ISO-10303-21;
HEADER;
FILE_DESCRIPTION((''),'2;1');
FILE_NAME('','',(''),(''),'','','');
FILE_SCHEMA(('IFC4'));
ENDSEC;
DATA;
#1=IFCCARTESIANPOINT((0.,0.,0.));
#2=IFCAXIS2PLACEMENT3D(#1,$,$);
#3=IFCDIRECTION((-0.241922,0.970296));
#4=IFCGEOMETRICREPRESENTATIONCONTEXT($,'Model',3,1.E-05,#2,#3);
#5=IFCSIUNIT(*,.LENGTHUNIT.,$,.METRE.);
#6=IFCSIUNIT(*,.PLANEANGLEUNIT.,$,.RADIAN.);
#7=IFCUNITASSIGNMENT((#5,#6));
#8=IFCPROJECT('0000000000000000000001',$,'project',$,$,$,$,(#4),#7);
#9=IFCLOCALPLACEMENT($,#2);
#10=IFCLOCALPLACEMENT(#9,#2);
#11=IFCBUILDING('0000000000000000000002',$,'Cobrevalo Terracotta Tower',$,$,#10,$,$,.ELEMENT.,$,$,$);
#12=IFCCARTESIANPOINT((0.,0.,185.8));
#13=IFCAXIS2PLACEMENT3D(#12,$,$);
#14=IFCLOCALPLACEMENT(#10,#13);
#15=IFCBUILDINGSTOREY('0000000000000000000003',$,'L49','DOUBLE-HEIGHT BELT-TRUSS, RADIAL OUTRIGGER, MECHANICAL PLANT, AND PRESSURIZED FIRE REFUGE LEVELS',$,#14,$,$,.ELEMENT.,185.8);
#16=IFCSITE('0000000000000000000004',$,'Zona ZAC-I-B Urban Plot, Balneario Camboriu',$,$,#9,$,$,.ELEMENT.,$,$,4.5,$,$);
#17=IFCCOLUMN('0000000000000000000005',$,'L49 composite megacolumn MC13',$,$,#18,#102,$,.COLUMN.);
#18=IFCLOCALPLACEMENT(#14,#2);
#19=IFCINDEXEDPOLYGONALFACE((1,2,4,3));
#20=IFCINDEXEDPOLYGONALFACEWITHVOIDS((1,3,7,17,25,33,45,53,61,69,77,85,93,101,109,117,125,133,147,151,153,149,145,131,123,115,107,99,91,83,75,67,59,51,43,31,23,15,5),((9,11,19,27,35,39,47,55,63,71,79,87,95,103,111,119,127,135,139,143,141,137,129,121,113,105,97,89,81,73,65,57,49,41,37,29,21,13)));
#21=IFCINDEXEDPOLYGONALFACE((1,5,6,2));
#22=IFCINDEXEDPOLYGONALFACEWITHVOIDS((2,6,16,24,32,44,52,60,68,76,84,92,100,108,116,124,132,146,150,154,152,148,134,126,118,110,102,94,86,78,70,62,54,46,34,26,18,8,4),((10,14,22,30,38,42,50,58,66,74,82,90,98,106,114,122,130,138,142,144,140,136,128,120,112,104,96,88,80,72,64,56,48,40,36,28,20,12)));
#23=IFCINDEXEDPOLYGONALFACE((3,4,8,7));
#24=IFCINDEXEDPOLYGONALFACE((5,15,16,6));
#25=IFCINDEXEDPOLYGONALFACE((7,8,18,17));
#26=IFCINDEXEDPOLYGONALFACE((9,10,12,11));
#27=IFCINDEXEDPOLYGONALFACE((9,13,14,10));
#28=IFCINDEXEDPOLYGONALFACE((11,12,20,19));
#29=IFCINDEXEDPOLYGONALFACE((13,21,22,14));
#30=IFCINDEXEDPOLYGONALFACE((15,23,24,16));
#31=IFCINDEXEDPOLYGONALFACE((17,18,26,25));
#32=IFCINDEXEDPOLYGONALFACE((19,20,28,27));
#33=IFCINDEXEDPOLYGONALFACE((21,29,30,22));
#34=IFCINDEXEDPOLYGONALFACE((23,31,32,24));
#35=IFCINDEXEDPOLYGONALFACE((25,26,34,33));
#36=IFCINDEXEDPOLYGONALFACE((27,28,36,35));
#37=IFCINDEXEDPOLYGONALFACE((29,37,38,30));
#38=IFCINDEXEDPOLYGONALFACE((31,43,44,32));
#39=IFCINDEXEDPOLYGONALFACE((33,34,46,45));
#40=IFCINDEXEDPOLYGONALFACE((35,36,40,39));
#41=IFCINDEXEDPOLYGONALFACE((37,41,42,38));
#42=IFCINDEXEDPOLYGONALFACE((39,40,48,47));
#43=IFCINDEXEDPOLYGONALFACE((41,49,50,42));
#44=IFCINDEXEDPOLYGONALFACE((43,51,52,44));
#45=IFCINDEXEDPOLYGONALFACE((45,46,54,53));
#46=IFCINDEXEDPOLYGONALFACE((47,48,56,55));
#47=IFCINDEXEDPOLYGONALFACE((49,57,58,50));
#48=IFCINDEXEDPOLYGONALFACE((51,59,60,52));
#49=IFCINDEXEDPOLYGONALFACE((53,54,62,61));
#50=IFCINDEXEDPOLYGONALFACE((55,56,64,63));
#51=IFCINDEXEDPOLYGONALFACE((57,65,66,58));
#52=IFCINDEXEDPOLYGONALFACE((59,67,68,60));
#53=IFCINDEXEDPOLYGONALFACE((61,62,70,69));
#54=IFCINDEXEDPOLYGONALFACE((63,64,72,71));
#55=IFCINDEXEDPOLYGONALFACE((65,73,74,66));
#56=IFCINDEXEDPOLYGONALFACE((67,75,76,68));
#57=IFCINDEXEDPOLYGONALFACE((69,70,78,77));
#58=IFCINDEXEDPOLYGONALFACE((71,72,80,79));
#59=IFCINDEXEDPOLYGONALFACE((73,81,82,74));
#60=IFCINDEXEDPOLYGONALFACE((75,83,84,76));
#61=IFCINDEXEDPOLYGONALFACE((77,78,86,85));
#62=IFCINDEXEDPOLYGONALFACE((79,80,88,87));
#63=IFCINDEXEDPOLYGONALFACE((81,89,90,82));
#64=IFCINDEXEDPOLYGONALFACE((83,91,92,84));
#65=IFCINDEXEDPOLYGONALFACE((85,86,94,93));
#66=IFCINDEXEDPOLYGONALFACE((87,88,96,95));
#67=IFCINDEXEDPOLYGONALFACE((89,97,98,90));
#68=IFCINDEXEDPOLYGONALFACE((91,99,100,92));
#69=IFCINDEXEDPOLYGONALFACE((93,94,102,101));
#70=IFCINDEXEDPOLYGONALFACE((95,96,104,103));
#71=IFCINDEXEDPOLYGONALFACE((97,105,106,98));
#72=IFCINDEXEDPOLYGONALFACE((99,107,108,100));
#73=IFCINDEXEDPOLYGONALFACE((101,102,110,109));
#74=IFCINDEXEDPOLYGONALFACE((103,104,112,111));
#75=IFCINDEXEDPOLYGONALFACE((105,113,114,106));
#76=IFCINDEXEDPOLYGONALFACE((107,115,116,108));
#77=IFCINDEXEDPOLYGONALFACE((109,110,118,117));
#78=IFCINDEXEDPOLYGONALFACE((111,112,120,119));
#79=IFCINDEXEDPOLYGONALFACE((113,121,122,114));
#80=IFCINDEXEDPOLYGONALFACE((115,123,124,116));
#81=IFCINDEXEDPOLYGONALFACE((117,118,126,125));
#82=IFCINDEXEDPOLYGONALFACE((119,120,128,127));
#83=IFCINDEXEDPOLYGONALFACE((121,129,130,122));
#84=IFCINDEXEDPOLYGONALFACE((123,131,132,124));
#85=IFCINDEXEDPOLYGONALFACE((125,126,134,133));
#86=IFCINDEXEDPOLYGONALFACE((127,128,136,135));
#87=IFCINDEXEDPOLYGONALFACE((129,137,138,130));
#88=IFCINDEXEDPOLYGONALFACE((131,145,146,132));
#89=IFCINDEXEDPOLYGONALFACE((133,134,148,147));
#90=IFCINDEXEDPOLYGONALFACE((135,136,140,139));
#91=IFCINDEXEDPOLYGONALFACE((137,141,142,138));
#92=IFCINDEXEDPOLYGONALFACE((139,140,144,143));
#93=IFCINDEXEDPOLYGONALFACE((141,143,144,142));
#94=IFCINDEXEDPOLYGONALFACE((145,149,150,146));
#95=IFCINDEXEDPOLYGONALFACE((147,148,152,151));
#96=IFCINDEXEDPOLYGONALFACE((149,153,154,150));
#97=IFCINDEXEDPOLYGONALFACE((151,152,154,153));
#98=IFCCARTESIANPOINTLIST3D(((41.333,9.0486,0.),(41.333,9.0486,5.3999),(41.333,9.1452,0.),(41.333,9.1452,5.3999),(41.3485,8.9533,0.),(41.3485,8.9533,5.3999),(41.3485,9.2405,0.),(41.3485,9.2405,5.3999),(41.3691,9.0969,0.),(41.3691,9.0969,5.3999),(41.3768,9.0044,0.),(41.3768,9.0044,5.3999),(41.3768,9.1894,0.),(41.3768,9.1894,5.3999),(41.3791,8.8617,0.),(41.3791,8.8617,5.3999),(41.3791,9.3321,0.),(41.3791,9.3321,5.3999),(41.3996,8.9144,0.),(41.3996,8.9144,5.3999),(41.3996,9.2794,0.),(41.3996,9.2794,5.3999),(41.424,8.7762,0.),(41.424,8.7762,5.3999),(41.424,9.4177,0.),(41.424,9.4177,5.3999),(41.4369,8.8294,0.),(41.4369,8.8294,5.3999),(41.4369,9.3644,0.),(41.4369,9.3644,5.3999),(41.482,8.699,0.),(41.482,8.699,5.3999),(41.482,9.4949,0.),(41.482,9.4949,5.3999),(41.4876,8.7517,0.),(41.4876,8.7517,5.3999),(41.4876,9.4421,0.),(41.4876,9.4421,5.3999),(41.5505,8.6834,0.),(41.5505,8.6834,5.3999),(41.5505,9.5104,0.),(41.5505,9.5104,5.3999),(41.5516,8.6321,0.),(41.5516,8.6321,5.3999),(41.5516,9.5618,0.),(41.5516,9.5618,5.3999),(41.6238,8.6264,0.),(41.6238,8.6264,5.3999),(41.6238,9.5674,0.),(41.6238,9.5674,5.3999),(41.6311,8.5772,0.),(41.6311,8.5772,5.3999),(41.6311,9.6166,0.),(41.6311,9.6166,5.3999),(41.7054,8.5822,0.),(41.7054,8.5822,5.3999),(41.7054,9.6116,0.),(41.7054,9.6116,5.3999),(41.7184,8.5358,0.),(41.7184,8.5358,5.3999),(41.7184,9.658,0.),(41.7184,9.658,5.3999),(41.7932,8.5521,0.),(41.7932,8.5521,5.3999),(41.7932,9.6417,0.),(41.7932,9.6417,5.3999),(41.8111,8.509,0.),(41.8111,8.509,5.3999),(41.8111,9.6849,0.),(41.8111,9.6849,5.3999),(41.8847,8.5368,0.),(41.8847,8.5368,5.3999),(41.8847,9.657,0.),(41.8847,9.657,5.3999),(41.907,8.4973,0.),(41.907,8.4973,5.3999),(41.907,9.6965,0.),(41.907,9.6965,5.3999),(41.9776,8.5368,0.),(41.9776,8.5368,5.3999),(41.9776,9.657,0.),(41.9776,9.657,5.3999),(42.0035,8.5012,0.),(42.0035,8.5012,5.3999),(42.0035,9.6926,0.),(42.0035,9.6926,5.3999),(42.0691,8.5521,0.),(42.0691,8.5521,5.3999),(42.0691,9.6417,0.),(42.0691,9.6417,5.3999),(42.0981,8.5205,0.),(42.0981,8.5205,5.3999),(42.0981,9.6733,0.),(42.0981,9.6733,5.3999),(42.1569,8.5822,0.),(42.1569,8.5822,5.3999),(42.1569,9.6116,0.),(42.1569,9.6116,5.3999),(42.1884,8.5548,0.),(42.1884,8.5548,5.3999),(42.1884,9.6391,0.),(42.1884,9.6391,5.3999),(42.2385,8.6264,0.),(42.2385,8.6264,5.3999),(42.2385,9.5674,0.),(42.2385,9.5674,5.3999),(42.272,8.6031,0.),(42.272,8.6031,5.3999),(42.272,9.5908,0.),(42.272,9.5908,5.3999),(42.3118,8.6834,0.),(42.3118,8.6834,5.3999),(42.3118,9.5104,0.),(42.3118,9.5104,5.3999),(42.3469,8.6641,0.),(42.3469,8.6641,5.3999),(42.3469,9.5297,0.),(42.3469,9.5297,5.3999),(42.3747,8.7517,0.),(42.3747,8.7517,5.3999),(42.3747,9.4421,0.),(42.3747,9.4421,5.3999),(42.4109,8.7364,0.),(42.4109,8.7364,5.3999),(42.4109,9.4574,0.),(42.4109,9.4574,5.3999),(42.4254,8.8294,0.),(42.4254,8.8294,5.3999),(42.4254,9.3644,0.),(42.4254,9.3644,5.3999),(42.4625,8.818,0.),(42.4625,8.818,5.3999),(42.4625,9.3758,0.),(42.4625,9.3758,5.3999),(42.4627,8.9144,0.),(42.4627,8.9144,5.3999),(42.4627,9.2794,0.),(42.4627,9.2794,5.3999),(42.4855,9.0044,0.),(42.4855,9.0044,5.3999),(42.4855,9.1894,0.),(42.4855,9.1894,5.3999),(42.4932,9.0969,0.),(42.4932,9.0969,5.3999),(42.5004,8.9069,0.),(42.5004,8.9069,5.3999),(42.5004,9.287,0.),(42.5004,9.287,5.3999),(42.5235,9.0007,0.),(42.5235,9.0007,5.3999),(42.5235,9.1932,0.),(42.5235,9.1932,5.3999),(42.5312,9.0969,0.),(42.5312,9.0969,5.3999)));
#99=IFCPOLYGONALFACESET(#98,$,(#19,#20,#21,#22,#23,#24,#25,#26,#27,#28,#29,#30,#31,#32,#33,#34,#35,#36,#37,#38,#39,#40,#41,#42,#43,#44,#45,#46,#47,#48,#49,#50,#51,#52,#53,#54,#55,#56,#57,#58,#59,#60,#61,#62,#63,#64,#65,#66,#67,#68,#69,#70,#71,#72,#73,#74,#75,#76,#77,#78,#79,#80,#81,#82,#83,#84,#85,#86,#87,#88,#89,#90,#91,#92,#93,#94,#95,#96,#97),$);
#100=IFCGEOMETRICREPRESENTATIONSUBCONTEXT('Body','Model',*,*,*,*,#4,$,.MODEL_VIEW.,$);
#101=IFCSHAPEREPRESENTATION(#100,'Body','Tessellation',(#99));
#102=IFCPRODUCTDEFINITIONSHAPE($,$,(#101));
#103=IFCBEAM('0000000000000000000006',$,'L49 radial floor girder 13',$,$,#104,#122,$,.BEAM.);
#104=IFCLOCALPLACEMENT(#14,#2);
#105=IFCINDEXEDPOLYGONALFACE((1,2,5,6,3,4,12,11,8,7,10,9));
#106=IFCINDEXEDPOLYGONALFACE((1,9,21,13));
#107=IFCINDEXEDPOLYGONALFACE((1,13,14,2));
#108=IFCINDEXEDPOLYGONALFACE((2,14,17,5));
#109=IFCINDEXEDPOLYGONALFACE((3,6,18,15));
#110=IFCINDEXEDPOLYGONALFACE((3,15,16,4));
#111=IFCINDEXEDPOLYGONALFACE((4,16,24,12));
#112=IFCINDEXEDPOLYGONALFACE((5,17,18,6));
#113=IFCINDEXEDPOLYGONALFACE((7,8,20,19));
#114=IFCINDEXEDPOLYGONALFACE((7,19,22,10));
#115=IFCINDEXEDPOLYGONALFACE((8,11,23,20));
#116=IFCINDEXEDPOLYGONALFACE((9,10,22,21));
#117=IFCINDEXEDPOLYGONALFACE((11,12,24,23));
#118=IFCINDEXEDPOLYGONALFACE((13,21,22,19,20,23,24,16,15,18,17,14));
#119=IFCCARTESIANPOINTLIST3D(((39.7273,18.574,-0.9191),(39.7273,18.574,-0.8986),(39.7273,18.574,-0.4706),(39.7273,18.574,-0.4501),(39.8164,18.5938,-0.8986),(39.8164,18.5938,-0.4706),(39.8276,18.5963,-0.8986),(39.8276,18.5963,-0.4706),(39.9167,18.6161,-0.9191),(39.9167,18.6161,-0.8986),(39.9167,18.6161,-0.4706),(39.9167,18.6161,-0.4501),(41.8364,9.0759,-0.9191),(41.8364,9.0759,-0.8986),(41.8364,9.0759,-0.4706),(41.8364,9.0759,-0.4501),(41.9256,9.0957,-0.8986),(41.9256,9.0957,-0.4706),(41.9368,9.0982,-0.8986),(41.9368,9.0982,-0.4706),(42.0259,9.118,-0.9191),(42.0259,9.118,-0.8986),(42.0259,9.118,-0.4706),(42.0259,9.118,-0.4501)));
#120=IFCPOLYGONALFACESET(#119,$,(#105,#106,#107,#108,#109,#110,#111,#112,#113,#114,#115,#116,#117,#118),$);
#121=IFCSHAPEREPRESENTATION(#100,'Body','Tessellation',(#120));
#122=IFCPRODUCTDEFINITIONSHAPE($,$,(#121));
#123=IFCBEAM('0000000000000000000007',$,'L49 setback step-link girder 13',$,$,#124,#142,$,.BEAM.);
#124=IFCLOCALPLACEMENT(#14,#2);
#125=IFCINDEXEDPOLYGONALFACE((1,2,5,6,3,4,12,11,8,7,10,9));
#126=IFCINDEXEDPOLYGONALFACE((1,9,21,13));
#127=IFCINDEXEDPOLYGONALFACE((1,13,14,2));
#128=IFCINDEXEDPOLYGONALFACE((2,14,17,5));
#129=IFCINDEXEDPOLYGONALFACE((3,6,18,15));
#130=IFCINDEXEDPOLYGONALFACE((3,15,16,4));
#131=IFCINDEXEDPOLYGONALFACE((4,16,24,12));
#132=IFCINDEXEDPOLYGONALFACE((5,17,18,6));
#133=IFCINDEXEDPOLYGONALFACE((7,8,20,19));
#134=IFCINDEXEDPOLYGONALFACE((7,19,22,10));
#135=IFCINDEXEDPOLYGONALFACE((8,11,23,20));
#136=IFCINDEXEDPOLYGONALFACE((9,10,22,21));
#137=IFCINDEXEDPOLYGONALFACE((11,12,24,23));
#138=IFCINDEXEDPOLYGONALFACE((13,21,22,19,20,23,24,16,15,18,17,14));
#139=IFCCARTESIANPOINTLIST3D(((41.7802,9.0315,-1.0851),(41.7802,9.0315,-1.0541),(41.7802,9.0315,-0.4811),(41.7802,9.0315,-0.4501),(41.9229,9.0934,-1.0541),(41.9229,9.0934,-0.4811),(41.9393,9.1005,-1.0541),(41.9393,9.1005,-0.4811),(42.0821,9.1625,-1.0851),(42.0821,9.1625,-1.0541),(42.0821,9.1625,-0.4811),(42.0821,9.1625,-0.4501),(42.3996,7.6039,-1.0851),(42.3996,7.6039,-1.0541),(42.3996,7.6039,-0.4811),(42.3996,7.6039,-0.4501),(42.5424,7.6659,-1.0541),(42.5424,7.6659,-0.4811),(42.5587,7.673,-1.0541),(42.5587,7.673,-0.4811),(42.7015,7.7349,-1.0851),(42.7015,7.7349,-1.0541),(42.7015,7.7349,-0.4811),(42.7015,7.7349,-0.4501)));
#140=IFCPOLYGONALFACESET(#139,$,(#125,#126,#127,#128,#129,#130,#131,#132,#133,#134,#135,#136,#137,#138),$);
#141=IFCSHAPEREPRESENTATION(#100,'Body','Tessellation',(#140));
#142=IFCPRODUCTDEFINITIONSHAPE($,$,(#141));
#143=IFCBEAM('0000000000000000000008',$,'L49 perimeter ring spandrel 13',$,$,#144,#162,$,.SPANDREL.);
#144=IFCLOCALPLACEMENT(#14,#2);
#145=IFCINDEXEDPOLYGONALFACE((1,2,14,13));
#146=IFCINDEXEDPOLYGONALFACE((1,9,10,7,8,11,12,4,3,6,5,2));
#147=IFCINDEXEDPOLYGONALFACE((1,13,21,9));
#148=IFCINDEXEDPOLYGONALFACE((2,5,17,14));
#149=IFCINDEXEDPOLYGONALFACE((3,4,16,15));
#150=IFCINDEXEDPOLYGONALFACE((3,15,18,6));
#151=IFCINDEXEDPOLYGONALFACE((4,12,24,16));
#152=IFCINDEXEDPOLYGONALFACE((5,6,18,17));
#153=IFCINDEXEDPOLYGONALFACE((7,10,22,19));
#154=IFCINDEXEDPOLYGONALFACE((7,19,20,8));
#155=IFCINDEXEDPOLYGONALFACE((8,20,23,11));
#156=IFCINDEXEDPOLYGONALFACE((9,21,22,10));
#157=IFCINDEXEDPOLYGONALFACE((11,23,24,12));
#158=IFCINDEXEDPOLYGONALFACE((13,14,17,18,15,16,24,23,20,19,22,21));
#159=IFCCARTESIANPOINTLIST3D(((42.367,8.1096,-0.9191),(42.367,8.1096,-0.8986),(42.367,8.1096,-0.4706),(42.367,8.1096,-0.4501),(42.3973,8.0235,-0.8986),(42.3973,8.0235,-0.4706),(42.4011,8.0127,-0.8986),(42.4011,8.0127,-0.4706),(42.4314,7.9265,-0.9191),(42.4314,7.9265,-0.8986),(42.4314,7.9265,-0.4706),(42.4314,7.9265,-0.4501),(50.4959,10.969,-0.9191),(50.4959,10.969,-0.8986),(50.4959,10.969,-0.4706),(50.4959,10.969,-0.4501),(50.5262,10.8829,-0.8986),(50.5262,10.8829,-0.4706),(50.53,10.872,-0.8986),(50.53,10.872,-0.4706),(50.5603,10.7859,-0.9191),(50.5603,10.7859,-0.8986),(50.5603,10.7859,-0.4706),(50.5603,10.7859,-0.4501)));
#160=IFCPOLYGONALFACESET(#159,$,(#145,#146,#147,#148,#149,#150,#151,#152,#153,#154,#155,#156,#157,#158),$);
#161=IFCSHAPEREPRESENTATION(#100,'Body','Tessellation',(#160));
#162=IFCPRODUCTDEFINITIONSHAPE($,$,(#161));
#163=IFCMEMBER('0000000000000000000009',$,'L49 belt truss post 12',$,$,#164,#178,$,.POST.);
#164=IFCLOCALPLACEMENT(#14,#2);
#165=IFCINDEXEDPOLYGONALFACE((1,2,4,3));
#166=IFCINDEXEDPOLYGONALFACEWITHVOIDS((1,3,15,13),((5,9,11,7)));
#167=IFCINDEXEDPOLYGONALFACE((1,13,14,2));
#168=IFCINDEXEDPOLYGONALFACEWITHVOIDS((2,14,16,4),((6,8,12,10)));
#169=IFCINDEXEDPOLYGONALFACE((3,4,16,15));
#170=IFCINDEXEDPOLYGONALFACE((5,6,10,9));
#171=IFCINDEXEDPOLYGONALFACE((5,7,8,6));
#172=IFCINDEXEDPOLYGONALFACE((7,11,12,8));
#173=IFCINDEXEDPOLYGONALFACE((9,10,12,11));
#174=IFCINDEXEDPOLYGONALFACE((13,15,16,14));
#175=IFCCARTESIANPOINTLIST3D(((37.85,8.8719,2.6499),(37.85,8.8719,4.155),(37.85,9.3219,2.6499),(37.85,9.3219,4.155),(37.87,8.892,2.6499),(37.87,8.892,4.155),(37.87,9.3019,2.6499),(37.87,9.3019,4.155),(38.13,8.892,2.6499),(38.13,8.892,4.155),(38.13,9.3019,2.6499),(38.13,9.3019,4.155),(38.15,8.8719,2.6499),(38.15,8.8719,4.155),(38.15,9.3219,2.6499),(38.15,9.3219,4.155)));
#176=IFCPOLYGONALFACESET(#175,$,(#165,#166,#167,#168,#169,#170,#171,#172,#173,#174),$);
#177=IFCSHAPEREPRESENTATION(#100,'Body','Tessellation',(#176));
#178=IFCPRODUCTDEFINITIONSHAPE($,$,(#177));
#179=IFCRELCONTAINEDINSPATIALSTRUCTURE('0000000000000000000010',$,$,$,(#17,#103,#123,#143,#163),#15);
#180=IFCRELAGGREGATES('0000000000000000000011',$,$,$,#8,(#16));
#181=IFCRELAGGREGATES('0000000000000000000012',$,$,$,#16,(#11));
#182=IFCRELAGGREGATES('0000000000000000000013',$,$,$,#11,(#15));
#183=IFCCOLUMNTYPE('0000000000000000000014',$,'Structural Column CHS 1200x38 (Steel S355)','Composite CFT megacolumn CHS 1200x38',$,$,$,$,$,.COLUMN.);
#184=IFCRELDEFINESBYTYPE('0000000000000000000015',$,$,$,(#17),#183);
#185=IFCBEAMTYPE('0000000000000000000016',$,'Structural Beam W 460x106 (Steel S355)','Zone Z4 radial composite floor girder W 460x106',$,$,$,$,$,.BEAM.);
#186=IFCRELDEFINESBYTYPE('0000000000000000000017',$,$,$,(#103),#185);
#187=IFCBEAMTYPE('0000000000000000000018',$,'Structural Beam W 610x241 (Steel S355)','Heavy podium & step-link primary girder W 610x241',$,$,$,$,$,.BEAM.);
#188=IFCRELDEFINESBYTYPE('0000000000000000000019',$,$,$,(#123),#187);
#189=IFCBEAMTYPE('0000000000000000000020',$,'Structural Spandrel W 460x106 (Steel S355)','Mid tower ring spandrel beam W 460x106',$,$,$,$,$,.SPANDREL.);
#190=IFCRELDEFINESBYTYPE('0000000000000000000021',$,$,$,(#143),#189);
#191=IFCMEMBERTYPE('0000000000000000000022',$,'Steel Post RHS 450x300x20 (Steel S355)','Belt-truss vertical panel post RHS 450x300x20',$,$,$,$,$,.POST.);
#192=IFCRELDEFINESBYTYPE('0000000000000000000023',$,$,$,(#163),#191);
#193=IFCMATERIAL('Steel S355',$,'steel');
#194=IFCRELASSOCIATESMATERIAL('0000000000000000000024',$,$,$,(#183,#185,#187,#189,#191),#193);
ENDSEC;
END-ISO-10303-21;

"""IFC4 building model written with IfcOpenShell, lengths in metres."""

from ifc_helpers import new_model, si_unit, direction, frame, origin, origin_2d, place, context, subcontext, project, spatial, hollow_rectangle, hollow_circle, i_section, extrude, source, transform, mapped, material, material_profile, profile_set, type_object, element, save


model = new_model("IFC4")

# Units and contexts
model_context = context("Model", 3, precision=1e-05, world=origin(), true_north=direction((-0.241922, 0.970296)))
body_context = subcontext(model_context, "Body", "Model", "MODEL_VIEW")
ifc_project = project(units=[si_unit("LENGTHUNIT", "METRE"), si_unit("PLANEANGLEUNIT", "RADIAN")], contexts=[model_context])

# Site, building, storey
site_placement = place(None, origin())
site = spatial("IfcSite", under=ifc_project, at=site_placement, Name="Zona ZAC-I-B Urban Plot, Balneario Camboriu", CompositionType="ELEMENT", RefElevation=4.5)
building_placement = place(site_placement, origin())
building = spatial("IfcBuilding", under=site, at=building_placement, Name="Cobrevalo Terracotta Tower", CompositionType="ELEMENT")
storey_placement = place(building_placement, frame((0.0, 0.0, 185.8)))
storey = spatial("IfcBuildingStorey", under=building, at=storey_placement, Name="L49", Description="DOUBLE-HEIGHT BELT-TRUSS, RADIAL OUTRIGGER, MECHANICAL PLANT, AND PRESSURIZED FIRE REFUGE LEVELS", CompositionType="ELEMENT", Elevation=185.8)

# Column
ifc_material_1 = material(Name="Steel S355", Category="steel")
ifc_material_profile_1 = material_profile(ifc_material_1, hollow_circle(Radius=0.6001, WallThickness=0.0381, at=origin_2d()), Name="CHS 1200x38")
ifc_profile_set_1 = profile_set([ifc_material_profile_1], Name="Steel S355")
column_type = type_object("IfcColumnType", Name="Structural Column CHS 1200x38 (Steel S355)", Description="Composite CFT megacolumn CHS 1200x38", PredefinedType="COLUMN", material=ifc_profile_set_1)
column_placement = place(storey_placement, frame((41.9312, 9.0969, 0.0), z_axis=(0.0, 0.0, 1.0), x_axis=(1.0, 0.0, 0.0)))
element("IfcColumn", 1, at=column_placement, inside=storey, type_object=column_type, Name="L49 composite megacolumn MC13", PredefinedType="COLUMN", context=body_context, shape_type="SweptSolid", body=[
    extrude(hollow_circle(Radius=0.6001, WallThickness=0.0381, at=origin_2d()), origin(), (0.0, 0.0, 1.0), 5.3999),
])

# Beams
ifc_material_profile_2 = material_profile(ifc_material_1, i_section(OverallWidth=0.1941, OverallDepth=0.469, WebThickness=0.0115, FlangeThickness=0.0205, at=origin_2d()), Name="W 460x106")
ifc_profile_set_2 = profile_set([ifc_material_profile_2], Name="Steel S355")
beam_type_1 = type_object("IfcBeamType", Name="Structural Beam W 460x106 (Steel S355)", Description="Zone Z4 radial composite floor girder W 460x106", PredefinedType="BEAM", material=ifc_profile_set_2)
beam_1_placement = place(storey_placement, frame((41.9312, 9.0969, -0.6846), z_axis=(-0.216779, 0.976221, 0.0), x_axis=(-0.976221, -0.216779, 0.0)))
element("IfcBeam", 2, at=beam_1_placement, inside=storey, type_object=beam_type_1, Name="L49 radial floor girder 13", PredefinedType="BEAM", context=body_context, shape_type="SweptSolid", body=[
    extrude(i_section(OverallWidth=0.1941, OverallDepth=0.469, WebThickness=0.0115, FlangeThickness=0.0205, at=origin_2d()), origin(), (0.0, 0.0, 1.0), 9.7295),
])
ifc_material_profile_3 = material_profile(ifc_material_1, i_section(OverallWidth=0.3291, OverallDepth=0.635, WebThickness=0.0178, FlangeThickness=0.031, at=origin_2d()), Name="W 610x241")
ifc_profile_set_3 = profile_set([ifc_material_profile_3], Name="Steel S355")
beam_type_2 = type_object("IfcBeamType", Name="Structural Beam W 610x241 (Steel S355)", Description="Heavy podium & step-link primary girder W 610x241", PredefinedType="BEAM", material=ifc_profile_set_3)
beam_2_placement = place(storey_placement, frame((42.5505, 7.6694, -0.7676), z_axis=(-0.398043, 0.917367, 0.0), x_axis=(-0.917367, -0.398043, 0.0)))
element("IfcBeam", 3, at=beam_2_placement, inside=storey, type_object=beam_type_2, Name="L49 setback step-link girder 13", PredefinedType="BEAM", context=body_context, shape_type="SweptSolid", body=[
    extrude(i_section(OverallWidth=0.3291, OverallDepth=0.635, WebThickness=0.0178, FlangeThickness=0.031, at=origin_2d()), origin(), (0.0, 0.0, 1.0), 1.5562),
])
ifc_material_profile_4 = material_profile(ifc_material_1, i_section(OverallWidth=0.1941, OverallDepth=0.469, WebThickness=0.0115, FlangeThickness=0.0205, at=origin_2d()), Name="W 460x106")
ifc_profile_set_4 = profile_set([ifc_material_profile_4], Name="Steel S355")
beam_type_3 = type_object("IfcBeamType", Name="Structural Spandrel W 460x106 (Steel S355)", Description="Mid tower ring spandrel beam W 460x106", PredefinedType="SPANDREL", material=ifc_profile_set_4)
beam_3_placement = place(storey_placement, frame((42.3992, 8.0181, -0.6846), z_axis=(0.943341, 0.331824, 0.0), x_axis=(-0.331824, 0.943341, 0.0)))
element("IfcBeam", 4, at=beam_3_placement, inside=storey, type_object=beam_type_3, Name="L49 perimeter ring spandrel 13", PredefinedType="SPANDREL", context=body_context, shape_type="SweptSolid", body=[
    extrude(i_section(OverallWidth=0.1941, OverallDepth=0.469, WebThickness=0.0115, FlangeThickness=0.0205, at=origin_2d()), origin(), (0.0, 0.0, 1.0), 8.6172),
])

# Member
ifc_material_profile_5 = material_profile(ifc_material_1, hollow_rectangle(XDim=0.3, YDim=0.45, WallThickness=0.02, at=origin_2d()), Name="RHS 450x300x20")
ifc_profile_set_5 = profile_set([ifc_material_profile_5], Name="Steel S355")
member_type_1 = type_object("IfcMemberType", Name="Steel Post RHS 450x300x20 (Steel S355)", Description="Belt-truss vertical panel post RHS 450x300x20", PredefinedType="POST", material=ifc_profile_set_5)
shared_shape_1 = source(origin(), body_context, "Body", "SweptSolid", [
    extrude(hollow_rectangle(XDim=0.3, YDim=0.45, WallThickness=0.02, at=origin_2d()), origin(), (0.0, 0.0, 1.0), 1.5051),
])
for number, where, z_axis, x_axis, name in (
    (5, (38.0, 9.0969, 2.6499), (0.0, 0.0, 1.0), (1.0, 0.0, 0.0), "L49 belt truss post 12"),
):
    element("IfcMember", number, at=place(storey_placement, frame(where, z_axis=z_axis, x_axis=x_axis)), inside=storey, type_object=member_type_1, Name=name, PredefinedType="POST", context=body_context, shape_type="MappedRepresentation", body=[
        mapped(shared_shape_1, transform((0.0, 0.0, 0.0), scale=1.0)),
    ])

save(model, "model.ifc")
